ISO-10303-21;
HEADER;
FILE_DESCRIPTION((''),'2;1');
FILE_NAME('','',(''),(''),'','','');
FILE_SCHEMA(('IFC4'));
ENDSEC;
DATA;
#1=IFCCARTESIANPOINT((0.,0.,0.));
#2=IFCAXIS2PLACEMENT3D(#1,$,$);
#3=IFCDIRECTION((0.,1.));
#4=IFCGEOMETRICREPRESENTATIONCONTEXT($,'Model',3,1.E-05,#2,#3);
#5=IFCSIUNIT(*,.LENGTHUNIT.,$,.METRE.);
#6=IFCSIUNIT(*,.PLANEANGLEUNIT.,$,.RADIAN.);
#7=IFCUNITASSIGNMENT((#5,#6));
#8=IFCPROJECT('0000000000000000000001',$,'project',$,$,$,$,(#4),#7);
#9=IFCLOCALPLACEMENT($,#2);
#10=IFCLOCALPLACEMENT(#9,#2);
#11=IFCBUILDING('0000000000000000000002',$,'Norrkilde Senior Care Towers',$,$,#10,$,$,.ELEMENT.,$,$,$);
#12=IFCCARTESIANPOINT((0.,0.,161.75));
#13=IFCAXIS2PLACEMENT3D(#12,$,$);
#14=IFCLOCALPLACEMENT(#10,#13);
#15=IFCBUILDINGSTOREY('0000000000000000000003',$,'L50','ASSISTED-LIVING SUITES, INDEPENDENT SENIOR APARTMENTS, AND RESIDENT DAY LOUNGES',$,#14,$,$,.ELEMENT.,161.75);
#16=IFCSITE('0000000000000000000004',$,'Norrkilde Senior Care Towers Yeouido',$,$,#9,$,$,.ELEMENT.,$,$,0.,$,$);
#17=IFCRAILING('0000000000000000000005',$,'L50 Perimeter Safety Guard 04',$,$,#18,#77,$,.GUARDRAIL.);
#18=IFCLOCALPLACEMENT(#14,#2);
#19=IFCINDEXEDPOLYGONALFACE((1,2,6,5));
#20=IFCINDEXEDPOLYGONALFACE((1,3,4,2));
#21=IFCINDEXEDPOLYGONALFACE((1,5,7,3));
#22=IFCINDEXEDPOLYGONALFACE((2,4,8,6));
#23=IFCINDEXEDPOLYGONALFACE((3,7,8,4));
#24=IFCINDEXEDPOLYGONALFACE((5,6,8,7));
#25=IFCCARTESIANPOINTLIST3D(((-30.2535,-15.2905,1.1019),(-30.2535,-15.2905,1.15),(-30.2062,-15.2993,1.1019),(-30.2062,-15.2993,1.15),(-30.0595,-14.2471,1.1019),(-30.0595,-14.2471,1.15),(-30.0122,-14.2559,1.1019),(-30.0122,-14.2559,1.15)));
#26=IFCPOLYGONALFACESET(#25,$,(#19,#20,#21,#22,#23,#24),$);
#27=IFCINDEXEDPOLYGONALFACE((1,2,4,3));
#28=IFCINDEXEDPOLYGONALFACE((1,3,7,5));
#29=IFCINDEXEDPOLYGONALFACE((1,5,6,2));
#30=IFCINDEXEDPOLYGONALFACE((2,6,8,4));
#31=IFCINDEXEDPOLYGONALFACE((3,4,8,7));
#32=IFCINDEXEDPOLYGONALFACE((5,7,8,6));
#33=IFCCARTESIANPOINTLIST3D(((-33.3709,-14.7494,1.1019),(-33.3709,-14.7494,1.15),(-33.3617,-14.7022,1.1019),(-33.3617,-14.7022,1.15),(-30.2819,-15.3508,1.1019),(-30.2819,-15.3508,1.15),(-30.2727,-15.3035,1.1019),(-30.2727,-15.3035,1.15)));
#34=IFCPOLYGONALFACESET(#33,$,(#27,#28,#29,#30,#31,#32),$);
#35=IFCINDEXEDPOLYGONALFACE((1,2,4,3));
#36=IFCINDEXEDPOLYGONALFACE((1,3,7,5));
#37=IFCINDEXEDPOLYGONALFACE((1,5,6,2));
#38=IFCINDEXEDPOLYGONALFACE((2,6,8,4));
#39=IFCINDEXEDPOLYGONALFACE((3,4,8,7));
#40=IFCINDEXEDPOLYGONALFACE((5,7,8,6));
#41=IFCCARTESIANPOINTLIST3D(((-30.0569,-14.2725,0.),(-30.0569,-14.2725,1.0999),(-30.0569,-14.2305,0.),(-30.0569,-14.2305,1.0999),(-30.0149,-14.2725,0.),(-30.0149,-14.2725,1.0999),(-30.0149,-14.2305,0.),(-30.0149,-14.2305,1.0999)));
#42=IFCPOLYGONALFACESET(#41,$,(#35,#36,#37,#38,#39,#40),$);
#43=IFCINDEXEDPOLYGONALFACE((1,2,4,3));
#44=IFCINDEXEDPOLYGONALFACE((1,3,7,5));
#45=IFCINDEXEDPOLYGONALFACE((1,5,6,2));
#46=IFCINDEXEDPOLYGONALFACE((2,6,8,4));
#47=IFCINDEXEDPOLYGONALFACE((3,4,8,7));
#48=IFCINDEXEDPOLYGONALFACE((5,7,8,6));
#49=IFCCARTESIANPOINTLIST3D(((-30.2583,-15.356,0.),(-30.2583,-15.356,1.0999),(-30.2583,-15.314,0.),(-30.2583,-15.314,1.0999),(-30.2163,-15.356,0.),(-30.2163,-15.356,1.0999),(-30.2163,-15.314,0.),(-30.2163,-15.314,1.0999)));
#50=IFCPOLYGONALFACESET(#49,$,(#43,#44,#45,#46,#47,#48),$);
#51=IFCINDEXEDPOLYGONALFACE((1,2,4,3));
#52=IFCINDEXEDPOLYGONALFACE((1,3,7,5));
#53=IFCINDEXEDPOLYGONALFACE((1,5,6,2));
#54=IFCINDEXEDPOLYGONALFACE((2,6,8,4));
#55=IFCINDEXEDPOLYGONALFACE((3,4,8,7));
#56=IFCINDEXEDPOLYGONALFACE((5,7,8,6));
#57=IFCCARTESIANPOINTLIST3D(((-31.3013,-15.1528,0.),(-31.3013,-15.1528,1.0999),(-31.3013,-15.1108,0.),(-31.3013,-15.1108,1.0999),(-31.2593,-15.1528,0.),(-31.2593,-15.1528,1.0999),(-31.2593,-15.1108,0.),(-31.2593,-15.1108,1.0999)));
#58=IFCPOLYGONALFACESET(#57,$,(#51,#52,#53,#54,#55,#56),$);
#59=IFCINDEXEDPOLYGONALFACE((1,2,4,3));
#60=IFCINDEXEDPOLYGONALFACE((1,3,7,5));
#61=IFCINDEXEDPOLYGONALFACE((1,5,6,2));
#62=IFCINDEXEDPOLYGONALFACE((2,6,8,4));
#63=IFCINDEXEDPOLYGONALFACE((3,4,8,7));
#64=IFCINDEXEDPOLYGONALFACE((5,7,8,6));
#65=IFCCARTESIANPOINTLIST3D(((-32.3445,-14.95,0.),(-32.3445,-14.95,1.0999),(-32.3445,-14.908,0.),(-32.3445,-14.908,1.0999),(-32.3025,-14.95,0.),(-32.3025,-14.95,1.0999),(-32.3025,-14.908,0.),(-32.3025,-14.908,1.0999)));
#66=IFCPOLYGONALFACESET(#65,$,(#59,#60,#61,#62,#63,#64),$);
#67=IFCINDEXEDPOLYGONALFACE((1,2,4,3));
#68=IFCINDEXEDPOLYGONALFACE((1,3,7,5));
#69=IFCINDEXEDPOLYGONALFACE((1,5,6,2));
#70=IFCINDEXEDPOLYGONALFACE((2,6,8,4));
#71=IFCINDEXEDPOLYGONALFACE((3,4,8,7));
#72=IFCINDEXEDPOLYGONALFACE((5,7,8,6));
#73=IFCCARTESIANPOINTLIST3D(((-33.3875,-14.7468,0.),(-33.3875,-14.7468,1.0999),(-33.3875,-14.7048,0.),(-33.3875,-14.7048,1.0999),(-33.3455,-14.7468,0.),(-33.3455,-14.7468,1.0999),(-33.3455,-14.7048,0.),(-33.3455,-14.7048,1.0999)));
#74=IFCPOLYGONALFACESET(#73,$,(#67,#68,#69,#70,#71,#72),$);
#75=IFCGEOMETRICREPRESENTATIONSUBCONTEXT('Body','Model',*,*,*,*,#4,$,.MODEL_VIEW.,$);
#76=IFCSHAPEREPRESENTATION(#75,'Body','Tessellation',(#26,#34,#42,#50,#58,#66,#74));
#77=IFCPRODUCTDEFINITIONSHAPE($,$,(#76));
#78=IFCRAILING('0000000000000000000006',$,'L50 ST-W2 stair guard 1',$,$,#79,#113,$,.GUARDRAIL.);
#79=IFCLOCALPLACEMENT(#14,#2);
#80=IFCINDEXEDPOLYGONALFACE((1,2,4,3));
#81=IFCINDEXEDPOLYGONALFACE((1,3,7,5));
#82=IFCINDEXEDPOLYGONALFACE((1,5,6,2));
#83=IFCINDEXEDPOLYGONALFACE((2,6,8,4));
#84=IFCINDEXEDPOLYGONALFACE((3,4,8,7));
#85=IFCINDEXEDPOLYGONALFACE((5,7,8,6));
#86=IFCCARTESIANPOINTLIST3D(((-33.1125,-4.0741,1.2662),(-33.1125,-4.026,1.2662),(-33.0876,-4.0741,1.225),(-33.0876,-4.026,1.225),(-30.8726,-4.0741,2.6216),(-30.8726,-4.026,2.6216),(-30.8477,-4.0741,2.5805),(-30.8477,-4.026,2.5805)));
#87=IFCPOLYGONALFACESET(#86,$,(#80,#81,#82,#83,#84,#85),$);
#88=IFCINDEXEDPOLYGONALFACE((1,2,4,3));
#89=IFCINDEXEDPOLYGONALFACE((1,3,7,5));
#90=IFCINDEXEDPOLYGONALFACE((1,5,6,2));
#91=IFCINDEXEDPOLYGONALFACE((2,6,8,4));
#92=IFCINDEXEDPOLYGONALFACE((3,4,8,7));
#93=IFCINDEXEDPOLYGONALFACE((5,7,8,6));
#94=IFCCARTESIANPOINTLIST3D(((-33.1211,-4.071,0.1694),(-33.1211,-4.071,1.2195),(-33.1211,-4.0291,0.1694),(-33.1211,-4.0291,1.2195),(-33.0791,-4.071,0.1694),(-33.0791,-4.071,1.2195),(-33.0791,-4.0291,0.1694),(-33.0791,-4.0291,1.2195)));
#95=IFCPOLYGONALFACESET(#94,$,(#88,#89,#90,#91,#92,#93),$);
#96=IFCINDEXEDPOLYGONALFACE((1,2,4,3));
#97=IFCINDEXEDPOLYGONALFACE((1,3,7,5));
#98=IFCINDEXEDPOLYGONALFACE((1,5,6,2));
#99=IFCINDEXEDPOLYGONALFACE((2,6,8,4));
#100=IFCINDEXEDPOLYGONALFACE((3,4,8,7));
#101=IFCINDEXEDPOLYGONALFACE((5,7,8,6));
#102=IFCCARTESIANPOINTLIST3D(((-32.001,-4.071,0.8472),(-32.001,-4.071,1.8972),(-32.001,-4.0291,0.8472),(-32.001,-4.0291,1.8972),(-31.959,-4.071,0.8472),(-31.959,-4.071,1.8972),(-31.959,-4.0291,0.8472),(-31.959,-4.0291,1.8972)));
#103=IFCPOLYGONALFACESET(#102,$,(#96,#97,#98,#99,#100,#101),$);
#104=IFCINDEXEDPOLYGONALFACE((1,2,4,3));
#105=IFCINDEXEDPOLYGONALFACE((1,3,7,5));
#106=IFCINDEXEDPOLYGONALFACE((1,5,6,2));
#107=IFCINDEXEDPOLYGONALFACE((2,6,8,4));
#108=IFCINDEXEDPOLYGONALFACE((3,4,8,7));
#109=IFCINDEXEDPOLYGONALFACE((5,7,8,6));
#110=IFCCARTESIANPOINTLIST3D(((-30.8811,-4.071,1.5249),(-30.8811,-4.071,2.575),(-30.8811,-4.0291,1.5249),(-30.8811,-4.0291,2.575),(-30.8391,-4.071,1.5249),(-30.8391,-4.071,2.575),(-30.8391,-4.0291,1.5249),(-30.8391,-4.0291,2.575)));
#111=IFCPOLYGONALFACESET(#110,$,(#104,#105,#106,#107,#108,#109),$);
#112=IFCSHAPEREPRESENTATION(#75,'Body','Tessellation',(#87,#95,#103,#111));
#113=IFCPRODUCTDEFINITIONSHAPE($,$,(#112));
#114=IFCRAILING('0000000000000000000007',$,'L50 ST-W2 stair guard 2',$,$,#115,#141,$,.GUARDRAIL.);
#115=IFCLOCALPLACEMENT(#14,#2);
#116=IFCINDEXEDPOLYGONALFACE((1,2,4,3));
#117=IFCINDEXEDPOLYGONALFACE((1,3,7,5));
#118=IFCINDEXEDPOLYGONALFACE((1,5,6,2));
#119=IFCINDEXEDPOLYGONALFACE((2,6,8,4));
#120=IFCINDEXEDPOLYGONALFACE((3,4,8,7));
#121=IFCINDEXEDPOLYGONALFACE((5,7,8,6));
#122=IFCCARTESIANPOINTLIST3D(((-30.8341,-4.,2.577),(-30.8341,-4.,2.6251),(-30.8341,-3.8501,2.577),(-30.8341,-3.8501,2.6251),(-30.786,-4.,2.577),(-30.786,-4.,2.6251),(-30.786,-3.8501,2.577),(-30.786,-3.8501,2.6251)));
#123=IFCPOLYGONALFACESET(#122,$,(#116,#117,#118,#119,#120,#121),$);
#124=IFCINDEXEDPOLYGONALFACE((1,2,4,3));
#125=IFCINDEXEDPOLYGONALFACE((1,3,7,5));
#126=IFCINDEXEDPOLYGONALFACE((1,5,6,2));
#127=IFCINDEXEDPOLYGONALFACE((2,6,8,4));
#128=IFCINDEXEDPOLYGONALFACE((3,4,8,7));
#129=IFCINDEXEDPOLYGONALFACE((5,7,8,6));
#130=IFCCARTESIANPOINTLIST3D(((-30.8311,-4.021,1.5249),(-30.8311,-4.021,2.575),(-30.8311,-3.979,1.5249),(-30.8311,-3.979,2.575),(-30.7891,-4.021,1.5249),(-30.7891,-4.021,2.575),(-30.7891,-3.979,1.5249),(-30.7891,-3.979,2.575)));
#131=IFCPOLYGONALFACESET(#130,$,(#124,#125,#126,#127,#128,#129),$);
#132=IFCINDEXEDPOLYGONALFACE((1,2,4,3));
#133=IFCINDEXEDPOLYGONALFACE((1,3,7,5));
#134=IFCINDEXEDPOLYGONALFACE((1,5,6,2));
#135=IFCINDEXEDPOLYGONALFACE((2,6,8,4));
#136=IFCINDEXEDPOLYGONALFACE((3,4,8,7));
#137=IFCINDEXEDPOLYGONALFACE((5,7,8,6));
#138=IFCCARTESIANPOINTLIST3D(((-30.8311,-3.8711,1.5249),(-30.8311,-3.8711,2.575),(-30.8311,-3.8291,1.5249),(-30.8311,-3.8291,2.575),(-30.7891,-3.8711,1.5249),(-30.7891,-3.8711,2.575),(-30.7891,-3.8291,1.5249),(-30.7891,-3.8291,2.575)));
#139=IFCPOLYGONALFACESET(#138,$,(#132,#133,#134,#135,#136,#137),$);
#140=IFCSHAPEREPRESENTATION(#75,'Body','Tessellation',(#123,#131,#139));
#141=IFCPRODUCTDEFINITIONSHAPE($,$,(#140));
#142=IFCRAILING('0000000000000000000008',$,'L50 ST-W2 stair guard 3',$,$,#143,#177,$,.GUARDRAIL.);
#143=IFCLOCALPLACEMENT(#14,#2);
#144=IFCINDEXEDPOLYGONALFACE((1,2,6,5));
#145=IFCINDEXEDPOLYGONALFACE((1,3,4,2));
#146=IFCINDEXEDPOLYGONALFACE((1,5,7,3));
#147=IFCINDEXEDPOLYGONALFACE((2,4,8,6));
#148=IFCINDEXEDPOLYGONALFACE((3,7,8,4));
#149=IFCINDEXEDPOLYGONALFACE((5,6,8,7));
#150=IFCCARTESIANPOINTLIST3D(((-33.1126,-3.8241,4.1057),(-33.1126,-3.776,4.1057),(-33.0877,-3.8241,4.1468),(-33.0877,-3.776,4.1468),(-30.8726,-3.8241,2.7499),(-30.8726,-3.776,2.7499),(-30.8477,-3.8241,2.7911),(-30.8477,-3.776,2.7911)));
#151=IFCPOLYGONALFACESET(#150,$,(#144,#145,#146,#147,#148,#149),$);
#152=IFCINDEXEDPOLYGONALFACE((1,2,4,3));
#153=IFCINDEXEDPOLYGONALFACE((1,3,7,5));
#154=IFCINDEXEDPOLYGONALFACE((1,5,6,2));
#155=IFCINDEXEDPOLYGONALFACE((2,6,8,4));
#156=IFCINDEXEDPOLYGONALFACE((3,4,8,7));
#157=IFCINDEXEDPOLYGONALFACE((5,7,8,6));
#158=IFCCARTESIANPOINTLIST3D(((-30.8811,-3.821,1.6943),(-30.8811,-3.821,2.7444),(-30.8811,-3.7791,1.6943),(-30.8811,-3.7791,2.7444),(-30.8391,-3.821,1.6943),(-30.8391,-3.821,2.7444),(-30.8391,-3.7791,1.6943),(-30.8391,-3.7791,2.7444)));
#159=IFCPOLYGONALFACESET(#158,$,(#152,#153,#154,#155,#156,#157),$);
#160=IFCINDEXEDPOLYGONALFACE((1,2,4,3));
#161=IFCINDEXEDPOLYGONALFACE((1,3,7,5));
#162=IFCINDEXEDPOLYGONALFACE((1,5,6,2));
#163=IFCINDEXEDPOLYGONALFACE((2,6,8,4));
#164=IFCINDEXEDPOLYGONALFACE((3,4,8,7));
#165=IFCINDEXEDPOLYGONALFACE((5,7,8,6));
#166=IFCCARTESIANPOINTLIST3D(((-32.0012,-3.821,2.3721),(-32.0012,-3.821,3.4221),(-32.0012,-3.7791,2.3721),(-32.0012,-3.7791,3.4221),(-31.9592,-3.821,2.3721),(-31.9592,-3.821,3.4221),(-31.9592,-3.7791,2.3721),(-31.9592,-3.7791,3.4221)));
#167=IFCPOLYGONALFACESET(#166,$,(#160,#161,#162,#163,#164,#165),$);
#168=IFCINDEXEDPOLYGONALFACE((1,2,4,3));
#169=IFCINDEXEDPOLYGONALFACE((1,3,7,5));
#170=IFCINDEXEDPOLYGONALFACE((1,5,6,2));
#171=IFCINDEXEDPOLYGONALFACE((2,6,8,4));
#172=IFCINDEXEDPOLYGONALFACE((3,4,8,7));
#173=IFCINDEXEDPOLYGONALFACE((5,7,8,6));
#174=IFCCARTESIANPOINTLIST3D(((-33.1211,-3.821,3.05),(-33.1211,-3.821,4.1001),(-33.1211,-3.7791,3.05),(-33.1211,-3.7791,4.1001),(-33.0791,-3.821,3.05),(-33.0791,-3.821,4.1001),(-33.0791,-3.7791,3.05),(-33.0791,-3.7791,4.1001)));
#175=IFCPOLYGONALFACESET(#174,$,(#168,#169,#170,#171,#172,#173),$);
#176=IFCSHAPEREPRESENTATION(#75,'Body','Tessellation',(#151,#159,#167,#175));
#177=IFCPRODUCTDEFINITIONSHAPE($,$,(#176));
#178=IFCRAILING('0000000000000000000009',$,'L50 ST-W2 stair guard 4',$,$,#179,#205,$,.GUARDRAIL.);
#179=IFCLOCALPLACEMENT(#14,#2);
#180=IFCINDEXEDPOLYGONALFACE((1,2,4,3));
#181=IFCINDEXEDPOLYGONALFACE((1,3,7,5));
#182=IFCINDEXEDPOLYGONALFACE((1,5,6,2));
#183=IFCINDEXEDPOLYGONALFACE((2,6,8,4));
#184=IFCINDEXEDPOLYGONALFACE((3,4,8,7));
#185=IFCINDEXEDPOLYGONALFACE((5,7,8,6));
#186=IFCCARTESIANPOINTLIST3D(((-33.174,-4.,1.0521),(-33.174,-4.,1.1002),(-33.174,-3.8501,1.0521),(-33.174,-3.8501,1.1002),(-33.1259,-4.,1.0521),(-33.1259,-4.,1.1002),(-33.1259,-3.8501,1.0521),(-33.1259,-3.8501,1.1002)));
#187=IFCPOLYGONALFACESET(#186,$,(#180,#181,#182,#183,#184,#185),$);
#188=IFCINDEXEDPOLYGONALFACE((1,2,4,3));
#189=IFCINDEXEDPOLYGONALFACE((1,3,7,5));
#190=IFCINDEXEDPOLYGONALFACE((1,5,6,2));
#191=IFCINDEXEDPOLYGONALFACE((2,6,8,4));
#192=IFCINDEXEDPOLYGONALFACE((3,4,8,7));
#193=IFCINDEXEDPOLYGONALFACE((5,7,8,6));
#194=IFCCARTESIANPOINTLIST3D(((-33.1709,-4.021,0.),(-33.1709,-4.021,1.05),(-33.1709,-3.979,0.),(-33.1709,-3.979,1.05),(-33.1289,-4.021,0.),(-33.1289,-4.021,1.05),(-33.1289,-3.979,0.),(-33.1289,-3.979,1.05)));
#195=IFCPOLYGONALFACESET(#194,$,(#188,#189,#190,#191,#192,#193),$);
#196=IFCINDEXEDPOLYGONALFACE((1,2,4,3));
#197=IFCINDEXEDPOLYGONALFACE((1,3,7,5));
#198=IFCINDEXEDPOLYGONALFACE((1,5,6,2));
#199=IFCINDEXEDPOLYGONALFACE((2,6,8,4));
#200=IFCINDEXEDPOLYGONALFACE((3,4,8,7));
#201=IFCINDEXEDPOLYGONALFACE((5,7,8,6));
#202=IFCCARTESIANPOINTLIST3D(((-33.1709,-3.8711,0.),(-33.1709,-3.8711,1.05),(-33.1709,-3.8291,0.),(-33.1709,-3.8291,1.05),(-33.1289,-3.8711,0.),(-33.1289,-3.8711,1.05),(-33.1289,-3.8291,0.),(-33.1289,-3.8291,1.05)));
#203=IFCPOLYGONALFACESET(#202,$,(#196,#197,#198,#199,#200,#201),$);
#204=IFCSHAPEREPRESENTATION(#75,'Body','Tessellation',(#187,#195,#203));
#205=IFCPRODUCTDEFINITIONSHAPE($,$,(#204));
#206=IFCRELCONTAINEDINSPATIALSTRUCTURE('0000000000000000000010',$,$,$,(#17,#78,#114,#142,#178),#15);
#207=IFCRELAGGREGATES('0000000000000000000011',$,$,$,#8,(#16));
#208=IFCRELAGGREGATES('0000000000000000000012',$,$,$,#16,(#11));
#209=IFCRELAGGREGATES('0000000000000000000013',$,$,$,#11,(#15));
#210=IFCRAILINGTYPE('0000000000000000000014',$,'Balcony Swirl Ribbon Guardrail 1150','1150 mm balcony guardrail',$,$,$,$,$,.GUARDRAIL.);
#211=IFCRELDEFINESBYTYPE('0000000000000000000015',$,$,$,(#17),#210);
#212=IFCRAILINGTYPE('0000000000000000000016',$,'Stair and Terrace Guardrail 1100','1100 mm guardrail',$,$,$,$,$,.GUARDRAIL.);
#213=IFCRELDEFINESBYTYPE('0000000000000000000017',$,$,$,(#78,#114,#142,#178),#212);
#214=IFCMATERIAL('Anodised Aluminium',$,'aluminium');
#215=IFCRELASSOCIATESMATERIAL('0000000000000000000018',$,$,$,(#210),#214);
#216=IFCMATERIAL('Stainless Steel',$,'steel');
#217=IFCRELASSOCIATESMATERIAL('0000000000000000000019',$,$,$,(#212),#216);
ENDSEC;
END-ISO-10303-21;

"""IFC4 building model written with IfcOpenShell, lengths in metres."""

from ifc_helpers import new_model, si_unit, direction, frame, origin, origin_2d, place, context, subcontext, project, spatial, rectangle, extrude, material, type_object, element, save


model = new_model("IFC4")

# Units and contexts
model_context = context("Model", 3, precision=1e-05, world=origin(), true_north=direction((0.0, 1.0)))
body_context = subcontext(model_context, "Body", "Model", "MODEL_VIEW")
ifc_project = project(units=[si_unit("LENGTHUNIT", "METRE"), si_unit("PLANEANGLEUNIT", "RADIAN")], contexts=[model_context])

# Site, building, storey
site_placement = place(None, origin())
site = spatial("IfcSite", under=ifc_project, at=site_placement, Name="Norrkilde Senior Care Towers Yeouido", CompositionType="ELEMENT", RefElevation=0.0)
building_placement = place(site_placement, origin())
building = spatial("IfcBuilding", under=site, at=building_placement, Name="Norrkilde Senior Care Towers", CompositionType="ELEMENT")
storey_placement = place(building_placement, frame((0.0, 0.0, 161.75)))
storey = spatial("IfcBuildingStorey", under=building, at=storey_placement, Name="L50", Description="ASSISTED-LIVING SUITES, INDEPENDENT SENIOR APARTMENTS, AND RESIDENT DAY LOUNGES", CompositionType="ELEMENT", Elevation=161.75)

# Shared definitions
ifc_material_1 = material(Name="Anodised Aluminium", Category="aluminium")

# Shared definitions
ifc_material_2 = material(Name="Stainless Steel", Category="steel")

# Railings
railing_type_1 = type_object("IfcRailingType", Name="Balcony Swirl Ribbon Guardrail 1150", Description="1150 mm balcony guardrail", PredefinedType="GUARDRAIL", material=ifc_material_1)
railing_1_placement = place(storey_placement, frame((-30.0359, -14.2515, 0.0)))
element("IfcRailing", 1, at=railing_1_placement, inside=storey, type_object=railing_type_1, Name="L50 Perimeter Safety Guard 04", PredefinedType="GUARDRAIL", context=body_context, shape_type="SweptSolid", body=[
    extrude(rectangle(XDim=0.0481, YDim=0.0481, at=origin_2d()), frame((0.0, 0.0, 1.126), z_axis=(-0.182764, -0.983157, 0.0), x_axis=(0.983157, -0.182764, 0.0)), (0.0, 0.0, 1.0), 1.0613),
    extrude(rectangle(XDim=0.0481, YDim=0.0481, at=origin_2d()), frame((-0.2415, -1.0757, 1.126), z_axis=(-0.981575, 0.191077, 0.0), x_axis=(-0.191077, -0.981575, 0.0)), (0.0, 0.0, 1.0), 3.147),
    extrude(rectangle(XDim=0.042, YDim=0.042, at=origin_2d()), origin(), (0.0, 0.0, 1.0), 1.0999),
    extrude(rectangle(XDim=0.042, YDim=0.042, at=origin_2d()), frame((-0.2014, -1.0835, 0.0)), (0.0, 0.0, 1.0), 1.0999),
    extrude(rectangle(XDim=0.042, YDim=0.042, at=origin_2d()), frame((-1.2444, -0.8804, 0.0)), (0.0, 0.0, 1.0), 1.0999),
    extrude(rectangle(XDim=0.042, YDim=0.042, at=origin_2d()), frame((-2.2876, -0.6775, 0.0)), (0.0, 0.0, 1.0), 1.0999),
    extrude(rectangle(XDim=0.042, YDim=0.042, at=origin_2d()), frame((-3.3306, -0.4744, 0.0)), (0.0, 0.0, 1.0), 1.0999),
])
railing_type_2 = type_object("IfcRailingType", Name="Stair and Terrace Guardrail 1100", Description="1100 mm guardrail", PredefinedType="GUARDRAIL", material=ifc_material_2)
railing_2_placement = place(storey_placement, frame((-33.1001, -4.05, 0.1694)))
element("IfcRailing", 2, at=railing_2_placement, inside=storey, type_object=railing_type_2, Name="L50 ST-W2 stair guard 1", PredefinedType="GUARDRAIL", context=body_context, shape_type="SweptSolid", body=[
    extrude(rectangle(XDim=0.0481, YDim=0.0481, at=origin_2d()), frame((0.0, 0.0, 1.0762), z_axis=(0.855553, 0.0, 0.517715), x_axis=(0.0, 1.0, 0.0)), (0.0, 0.0, 1.0), 2.6182),
    extrude(rectangle(XDim=0.042, YDim=0.042, at=origin_2d()), origin(), (0.0, 0.0, 1.0), 1.05),
    extrude(rectangle(XDim=0.042, YDim=0.042, at=origin_2d()), frame((1.1201, 0.0, 0.6777)), (0.0, 0.0, 1.0), 1.05),
    extrude(rectangle(XDim=0.042, YDim=0.042, at=origin_2d()), frame((2.24, 0.0, 1.3555)), (0.0, 0.0, 1.0), 1.05),
])
railing_3_placement = place(storey_placement, frame((-30.8101, -4.0, 1.5249)))
element("IfcRailing", 3, at=railing_3_placement, inside=storey, type_object=railing_type_2, Name="L50 ST-W2 stair guard 2", PredefinedType="GUARDRAIL", context=body_context, shape_type="SweptSolid", body=[
    extrude(rectangle(XDim=0.0481, YDim=0.0481, at=origin_2d()), frame((0.0, 0.0, 1.0762), z_axis=(0.0, 1.0, 0.0), x_axis=(-1.0, 0.0, 0.0)), (0.0, 0.0, 1.0), 0.1499),
    extrude(rectangle(XDim=0.042, YDim=0.042, at=origin_2d()), origin(), (0.0, 0.0, 1.0), 1.05),
    extrude(rectangle(XDim=0.042, YDim=0.042, at=origin_2d()), frame((0.0, 0.1499, 0.0)), (0.0, 0.0, 1.0), 1.05),
])
railing_4_placement = place(storey_placement, frame((-30.8601, -3.8, 1.6943)))
element("IfcRailing", 4, at=railing_4_placement, inside=storey, type_object=railing_type_2, Name="L50 ST-W2 stair guard 3", PredefinedType="GUARDRAIL", context=body_context, shape_type="SweptSolid", body=[
    extrude(rectangle(XDim=0.0481, YDim=0.0481, at=origin_2d()), frame((0.0, 0.0, 1.0762), z_axis=(-0.855512, 0.0, 0.517783), x_axis=(0.0, -1.0, 0.0)), (0.0, 0.0, 1.0), 2.6184),
    extrude(rectangle(XDim=0.042, YDim=0.042, at=origin_2d()), origin(), (0.0, 0.0, 1.0), 1.05),
    extrude(rectangle(XDim=0.042, YDim=0.042, at=origin_2d()), frame((-1.1201, 0.0, 0.6777)), (0.0, 0.0, 1.0), 1.05),
    extrude(rectangle(XDim=0.042, YDim=0.042, at=origin_2d()), frame((-2.24, 0.0, 1.3557)), (0.0, 0.0, 1.0), 1.05),
])
railing_5_placement = place(storey_placement, frame((-33.1499, -4.0, 0.0)))
element("IfcRailing", 5, at=railing_5_placement, inside=storey, type_object=railing_type_2, Name="L50 ST-W2 stair guard 4", PredefinedType="GUARDRAIL", context=body_context, shape_type="SweptSolid", body=[
    extrude(rectangle(XDim=0.0481, YDim=0.0481, at=origin_2d()), frame((0.0, 0.0, 1.0762), z_axis=(0.0, 1.0, 0.0), x_axis=(-1.0, 0.0, 0.0)), (0.0, 0.0, 1.0), 0.1499),
    extrude(rectangle(XDim=0.042, YDim=0.042, at=origin_2d()), origin(), (0.0, 0.0, 1.0), 1.05),
    extrude(rectangle(XDim=0.042, YDim=0.042, at=origin_2d()), frame((0.0, 0.1499, 0.0)), (0.0, 0.0, 1.0), 1.05),
])

save(model, "model.ifc")
